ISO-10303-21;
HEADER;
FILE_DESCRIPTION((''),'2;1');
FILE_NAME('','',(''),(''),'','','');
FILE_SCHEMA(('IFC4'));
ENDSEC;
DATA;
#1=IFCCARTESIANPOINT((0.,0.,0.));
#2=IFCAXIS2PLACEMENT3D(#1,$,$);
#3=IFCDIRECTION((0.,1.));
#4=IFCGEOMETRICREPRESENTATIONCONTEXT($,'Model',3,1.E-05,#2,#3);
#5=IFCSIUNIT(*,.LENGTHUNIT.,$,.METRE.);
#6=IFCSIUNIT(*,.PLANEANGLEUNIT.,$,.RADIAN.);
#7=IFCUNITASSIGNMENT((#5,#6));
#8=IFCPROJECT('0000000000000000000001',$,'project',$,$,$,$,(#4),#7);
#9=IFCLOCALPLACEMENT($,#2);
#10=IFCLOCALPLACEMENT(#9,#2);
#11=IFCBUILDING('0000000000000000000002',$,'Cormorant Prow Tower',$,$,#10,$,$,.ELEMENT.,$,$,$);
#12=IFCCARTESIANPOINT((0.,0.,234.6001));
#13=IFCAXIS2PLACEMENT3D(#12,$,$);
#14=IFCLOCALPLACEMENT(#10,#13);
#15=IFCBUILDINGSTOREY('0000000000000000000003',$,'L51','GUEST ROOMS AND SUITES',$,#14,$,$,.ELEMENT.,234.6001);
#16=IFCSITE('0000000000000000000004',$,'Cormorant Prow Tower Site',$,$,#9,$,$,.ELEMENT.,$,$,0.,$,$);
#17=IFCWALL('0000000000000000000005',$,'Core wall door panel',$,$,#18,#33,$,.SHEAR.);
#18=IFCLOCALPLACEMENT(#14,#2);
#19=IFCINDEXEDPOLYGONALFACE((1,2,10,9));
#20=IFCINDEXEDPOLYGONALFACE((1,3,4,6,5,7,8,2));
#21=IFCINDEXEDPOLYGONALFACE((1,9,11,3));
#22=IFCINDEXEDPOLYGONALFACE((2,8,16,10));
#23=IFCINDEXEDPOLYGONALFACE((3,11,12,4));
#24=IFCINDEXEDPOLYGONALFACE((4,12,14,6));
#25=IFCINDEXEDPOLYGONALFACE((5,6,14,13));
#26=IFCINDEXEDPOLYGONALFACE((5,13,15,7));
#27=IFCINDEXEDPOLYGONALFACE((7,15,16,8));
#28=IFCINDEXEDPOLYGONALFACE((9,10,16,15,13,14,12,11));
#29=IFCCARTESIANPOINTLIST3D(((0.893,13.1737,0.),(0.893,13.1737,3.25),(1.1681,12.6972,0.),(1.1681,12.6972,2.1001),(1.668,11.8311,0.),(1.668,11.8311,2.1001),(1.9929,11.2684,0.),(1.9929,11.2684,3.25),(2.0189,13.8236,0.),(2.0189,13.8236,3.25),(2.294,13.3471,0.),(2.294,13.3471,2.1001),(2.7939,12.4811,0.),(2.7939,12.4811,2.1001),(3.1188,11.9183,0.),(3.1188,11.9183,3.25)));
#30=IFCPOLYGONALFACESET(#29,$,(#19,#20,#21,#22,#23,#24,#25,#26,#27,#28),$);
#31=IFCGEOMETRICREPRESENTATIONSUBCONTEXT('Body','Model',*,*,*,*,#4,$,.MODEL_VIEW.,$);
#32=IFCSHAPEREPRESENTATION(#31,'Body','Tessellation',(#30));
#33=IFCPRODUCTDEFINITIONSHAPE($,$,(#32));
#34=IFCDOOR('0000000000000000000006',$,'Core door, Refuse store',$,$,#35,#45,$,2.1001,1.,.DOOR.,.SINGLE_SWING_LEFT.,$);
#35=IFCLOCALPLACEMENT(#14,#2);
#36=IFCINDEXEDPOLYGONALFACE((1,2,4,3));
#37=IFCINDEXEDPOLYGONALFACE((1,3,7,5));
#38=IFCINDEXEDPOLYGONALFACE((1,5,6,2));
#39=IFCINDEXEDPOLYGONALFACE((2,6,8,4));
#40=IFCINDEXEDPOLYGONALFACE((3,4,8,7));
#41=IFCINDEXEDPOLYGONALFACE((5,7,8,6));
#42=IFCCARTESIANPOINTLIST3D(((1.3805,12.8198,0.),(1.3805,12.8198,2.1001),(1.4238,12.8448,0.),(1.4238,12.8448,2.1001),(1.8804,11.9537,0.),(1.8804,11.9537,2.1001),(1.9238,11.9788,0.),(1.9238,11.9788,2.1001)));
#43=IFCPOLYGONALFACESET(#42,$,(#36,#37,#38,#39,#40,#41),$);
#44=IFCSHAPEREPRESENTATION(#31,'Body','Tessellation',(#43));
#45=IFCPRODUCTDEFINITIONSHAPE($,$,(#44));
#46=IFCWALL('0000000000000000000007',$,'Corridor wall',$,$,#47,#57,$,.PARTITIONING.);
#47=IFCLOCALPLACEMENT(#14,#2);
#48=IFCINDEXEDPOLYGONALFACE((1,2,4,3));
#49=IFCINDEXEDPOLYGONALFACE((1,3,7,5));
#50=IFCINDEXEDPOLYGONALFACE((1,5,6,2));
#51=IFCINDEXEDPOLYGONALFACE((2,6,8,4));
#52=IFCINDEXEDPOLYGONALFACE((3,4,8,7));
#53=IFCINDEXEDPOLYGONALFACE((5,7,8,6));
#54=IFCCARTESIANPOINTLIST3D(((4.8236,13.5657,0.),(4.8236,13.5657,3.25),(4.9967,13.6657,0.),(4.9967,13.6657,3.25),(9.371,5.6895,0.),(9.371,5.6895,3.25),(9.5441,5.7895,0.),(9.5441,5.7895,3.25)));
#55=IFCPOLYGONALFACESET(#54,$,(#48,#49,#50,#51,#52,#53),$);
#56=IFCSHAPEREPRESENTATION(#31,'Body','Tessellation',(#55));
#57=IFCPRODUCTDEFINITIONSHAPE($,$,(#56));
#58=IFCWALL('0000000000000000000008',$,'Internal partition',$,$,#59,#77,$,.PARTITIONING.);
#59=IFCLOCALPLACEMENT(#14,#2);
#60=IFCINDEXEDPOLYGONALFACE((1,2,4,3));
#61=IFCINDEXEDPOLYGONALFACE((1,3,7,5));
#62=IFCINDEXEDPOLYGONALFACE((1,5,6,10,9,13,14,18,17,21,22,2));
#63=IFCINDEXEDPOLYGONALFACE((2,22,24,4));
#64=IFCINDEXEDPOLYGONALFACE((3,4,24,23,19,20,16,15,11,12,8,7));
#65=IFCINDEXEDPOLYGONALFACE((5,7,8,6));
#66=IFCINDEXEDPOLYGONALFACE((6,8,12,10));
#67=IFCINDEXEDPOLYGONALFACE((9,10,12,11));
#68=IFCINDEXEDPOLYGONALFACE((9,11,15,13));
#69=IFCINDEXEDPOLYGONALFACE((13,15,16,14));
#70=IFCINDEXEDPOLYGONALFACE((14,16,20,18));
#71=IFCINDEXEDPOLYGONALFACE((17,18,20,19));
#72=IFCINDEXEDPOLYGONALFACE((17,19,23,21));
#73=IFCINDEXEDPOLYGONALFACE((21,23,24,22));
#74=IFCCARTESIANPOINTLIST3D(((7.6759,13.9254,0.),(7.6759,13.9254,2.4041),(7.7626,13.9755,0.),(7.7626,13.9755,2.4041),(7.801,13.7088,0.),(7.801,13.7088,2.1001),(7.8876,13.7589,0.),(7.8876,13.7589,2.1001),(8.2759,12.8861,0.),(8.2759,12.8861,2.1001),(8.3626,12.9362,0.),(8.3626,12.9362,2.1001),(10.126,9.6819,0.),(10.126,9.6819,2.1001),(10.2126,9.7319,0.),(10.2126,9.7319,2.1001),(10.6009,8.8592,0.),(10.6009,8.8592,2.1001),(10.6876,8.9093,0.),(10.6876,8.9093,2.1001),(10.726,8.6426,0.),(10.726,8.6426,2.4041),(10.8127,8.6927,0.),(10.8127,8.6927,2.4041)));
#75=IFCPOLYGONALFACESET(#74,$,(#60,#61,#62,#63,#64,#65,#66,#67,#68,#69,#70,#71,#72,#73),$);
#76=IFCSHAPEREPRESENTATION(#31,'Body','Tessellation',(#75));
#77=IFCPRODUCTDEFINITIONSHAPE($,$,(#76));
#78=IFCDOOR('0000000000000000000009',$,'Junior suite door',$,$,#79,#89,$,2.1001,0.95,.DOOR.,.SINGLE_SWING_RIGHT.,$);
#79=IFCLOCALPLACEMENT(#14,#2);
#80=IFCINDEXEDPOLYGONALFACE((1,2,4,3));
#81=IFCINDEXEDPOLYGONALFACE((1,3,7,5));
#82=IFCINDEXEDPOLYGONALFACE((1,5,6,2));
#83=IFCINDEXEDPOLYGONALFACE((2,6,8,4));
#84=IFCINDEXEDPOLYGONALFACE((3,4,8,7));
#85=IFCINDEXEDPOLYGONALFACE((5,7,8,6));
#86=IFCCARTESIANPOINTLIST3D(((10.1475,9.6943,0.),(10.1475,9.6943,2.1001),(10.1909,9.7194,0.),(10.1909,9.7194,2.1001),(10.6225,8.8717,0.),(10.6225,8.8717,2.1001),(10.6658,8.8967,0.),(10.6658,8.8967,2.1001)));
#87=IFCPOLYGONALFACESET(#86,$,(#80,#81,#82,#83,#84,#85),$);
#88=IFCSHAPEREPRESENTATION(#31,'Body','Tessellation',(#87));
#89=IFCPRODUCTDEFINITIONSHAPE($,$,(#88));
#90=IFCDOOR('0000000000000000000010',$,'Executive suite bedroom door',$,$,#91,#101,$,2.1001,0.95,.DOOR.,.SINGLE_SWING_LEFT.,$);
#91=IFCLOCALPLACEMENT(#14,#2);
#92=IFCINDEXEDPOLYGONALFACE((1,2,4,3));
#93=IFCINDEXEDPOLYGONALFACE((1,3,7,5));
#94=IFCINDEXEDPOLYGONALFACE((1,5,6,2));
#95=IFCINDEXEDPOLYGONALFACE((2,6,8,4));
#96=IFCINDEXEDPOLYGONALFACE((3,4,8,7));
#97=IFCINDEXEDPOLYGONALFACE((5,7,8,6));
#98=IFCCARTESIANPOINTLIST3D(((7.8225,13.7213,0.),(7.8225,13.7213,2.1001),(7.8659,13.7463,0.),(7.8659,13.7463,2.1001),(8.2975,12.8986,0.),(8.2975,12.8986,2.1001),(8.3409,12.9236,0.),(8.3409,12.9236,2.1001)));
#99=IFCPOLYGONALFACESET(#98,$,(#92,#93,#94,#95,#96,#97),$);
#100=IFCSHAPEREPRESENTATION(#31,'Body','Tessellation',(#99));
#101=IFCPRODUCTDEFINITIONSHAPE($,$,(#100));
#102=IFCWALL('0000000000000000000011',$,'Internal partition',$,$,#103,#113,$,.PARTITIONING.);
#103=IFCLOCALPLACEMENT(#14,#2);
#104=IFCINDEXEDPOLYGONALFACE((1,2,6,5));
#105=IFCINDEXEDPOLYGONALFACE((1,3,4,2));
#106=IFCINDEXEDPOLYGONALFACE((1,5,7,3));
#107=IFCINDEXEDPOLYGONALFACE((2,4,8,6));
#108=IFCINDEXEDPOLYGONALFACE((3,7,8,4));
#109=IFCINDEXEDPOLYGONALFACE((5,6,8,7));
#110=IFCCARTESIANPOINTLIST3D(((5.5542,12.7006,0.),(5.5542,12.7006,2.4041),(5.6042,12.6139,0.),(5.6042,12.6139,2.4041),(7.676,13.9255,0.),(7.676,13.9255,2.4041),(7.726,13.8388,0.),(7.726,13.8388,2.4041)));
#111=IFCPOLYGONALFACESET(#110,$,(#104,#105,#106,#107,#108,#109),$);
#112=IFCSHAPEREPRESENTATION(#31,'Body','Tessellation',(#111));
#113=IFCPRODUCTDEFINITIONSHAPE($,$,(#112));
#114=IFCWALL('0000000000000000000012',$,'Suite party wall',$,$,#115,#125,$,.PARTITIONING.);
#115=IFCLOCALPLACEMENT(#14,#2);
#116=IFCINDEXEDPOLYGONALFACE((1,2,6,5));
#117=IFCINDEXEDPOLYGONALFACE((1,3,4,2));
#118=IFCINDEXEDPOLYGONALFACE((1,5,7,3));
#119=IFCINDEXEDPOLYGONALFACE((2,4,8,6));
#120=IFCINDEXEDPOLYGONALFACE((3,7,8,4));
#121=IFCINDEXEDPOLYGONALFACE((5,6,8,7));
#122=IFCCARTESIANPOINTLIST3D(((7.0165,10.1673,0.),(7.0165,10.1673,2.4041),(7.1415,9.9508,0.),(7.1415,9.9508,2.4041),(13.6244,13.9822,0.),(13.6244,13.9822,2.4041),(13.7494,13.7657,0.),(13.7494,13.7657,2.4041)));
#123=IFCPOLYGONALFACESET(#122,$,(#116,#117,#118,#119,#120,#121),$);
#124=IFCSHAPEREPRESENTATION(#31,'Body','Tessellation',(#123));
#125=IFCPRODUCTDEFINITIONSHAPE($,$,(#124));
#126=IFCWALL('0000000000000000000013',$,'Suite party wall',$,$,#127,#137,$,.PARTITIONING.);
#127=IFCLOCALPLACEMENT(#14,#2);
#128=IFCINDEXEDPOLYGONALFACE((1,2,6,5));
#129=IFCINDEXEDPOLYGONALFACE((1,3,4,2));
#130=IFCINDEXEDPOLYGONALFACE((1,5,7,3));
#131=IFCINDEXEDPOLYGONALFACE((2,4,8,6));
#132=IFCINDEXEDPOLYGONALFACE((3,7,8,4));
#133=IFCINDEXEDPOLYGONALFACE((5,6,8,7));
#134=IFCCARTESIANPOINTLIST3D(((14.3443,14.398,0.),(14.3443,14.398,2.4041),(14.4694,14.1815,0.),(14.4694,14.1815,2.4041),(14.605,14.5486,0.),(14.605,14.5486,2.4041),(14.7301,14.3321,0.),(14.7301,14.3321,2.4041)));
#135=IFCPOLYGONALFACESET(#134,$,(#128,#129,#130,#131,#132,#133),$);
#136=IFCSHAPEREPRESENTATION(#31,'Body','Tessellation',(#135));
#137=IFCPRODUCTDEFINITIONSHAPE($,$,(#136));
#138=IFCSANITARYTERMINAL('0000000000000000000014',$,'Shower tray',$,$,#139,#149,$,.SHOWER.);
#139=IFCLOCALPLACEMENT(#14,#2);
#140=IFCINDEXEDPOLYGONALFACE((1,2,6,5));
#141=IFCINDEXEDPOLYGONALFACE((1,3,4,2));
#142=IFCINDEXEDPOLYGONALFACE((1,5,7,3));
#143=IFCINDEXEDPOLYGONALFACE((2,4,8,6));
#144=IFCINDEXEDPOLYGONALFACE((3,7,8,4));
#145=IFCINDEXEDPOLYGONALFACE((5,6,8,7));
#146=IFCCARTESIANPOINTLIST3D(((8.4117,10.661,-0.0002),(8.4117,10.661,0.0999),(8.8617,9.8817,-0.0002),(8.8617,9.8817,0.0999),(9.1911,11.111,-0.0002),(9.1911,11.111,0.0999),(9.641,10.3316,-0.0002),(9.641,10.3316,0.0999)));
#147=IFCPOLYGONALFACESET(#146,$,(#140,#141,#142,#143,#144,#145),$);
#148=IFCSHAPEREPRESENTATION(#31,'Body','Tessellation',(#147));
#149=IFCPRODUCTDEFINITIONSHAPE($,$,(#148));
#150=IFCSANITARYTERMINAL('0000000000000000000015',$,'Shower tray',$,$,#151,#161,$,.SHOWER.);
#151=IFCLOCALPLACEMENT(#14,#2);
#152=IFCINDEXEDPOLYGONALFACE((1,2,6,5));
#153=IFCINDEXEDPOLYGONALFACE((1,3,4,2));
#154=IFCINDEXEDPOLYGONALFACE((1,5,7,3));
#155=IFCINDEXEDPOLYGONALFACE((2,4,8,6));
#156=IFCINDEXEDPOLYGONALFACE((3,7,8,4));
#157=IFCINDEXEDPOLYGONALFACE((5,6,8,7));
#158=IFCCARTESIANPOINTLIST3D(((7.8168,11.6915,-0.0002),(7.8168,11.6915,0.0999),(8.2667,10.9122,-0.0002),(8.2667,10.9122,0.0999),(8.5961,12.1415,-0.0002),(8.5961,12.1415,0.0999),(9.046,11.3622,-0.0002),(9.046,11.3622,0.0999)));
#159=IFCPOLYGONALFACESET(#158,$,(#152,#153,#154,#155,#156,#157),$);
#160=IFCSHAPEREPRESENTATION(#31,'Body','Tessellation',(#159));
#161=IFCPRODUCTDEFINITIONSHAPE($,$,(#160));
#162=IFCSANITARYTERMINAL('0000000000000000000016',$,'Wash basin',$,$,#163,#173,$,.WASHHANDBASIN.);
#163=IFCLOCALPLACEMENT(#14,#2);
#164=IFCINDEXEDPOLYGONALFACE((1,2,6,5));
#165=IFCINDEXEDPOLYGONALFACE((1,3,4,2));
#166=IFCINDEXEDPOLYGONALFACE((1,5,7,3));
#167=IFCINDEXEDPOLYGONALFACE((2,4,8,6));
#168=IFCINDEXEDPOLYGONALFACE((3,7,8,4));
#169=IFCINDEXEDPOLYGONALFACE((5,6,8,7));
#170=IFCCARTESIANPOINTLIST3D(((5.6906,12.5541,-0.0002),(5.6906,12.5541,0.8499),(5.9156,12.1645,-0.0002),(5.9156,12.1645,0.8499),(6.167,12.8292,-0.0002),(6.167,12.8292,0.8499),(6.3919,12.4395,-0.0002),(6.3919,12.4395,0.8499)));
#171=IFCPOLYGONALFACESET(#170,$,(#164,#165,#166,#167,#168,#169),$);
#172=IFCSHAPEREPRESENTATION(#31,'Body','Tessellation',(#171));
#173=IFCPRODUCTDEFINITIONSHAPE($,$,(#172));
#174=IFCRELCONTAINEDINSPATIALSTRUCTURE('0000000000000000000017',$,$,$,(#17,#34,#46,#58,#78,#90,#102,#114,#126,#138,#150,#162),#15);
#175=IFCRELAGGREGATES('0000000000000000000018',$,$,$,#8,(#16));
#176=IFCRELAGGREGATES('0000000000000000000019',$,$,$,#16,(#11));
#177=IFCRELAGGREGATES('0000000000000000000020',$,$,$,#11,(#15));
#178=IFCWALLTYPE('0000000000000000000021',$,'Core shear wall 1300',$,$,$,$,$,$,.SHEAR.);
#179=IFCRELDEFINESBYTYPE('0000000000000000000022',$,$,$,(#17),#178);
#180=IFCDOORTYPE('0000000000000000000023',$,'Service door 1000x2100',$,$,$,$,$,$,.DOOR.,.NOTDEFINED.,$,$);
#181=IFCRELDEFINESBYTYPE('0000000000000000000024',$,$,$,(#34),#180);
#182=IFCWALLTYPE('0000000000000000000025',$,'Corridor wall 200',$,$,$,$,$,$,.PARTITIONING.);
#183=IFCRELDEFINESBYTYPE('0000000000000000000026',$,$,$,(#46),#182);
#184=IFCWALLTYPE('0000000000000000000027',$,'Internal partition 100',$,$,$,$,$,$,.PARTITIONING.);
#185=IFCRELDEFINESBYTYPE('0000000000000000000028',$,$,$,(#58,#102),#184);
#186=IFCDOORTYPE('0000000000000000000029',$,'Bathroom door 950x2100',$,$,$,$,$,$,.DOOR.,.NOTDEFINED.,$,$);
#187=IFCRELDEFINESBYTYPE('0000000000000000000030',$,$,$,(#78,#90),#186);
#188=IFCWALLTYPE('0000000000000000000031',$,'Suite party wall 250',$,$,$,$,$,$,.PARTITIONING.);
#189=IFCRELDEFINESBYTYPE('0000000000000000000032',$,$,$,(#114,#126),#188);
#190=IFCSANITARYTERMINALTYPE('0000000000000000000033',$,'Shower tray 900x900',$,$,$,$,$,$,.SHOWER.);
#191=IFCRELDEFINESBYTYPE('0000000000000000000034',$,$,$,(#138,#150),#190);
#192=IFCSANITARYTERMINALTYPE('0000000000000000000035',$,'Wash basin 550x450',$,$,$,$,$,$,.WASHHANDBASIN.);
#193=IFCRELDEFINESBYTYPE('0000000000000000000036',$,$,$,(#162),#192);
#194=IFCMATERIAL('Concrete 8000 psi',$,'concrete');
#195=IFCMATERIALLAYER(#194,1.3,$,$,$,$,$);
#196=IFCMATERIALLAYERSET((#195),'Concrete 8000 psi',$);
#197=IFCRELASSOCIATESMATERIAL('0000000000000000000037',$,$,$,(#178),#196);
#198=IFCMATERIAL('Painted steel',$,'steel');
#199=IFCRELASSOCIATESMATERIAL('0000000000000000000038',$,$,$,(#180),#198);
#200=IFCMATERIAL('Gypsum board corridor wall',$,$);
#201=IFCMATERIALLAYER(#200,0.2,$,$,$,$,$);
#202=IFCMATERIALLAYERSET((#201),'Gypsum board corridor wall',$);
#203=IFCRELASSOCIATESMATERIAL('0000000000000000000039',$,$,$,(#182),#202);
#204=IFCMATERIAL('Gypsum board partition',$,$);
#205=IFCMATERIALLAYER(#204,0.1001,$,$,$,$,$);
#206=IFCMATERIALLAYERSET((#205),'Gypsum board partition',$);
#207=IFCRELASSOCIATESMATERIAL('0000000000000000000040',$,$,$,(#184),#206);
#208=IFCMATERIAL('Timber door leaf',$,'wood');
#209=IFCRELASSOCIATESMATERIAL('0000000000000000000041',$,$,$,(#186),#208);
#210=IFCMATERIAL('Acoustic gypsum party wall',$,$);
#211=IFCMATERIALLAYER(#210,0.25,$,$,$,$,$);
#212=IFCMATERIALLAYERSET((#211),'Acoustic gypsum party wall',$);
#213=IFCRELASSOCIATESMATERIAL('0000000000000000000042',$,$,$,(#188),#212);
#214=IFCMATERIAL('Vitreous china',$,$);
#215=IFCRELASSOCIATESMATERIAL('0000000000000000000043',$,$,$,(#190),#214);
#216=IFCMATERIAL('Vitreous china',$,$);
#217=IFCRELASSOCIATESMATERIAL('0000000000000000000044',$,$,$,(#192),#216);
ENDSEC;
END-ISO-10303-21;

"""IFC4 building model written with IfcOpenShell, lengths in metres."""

from ifc_helpers import new_model, si_unit, direction, frame, frame_2d, origin, origin_2d, place, context, subcontext, project, spatial, rectangle, extrude, material, layer, layer_set, type_object, element, fill, save


model = new_model("IFC4")

# Units and contexts
model_context = context("Model", 3, precision=1e-05, world=origin(), true_north=direction((0.0, 1.0)))
body_context = subcontext(model_context, "Body", "Model", "MODEL_VIEW")
ifc_project = project(units=[si_unit("LENGTHUNIT", "METRE"), si_unit("PLANEANGLEUNIT", "RADIAN")], contexts=[model_context])

# Site, building, storey
site_placement = place(None, origin())
site = spatial("IfcSite", under=ifc_project, at=site_placement, Name="Cormorant Prow Tower Site", CompositionType="ELEMENT", RefElevation=0.0)
building_placement = place(site_placement, origin())
building = spatial("IfcBuilding", under=site, at=building_placement, Name="Cormorant Prow Tower", CompositionType="ELEMENT")
storey_placement = place(building_placement, frame((0.0, 0.0, 234.6001)))
storey = spatial("IfcBuildingStorey", under=building, at=storey_placement, Name="L51", Description="GUEST ROOMS AND SUITES", CompositionType="ELEMENT", Elevation=234.6001)

# Shared definitions
ifc_material_1 = material(Name="Concrete 8000 psi", Category="concrete")
ifc_layer_1 = layer(ifc_material_1, 1.3)
ifc_layer_set_1 = layer_set([ifc_layer_1], Name="Concrete 8000 psi")
wall_type_1 = type_object("IfcWallType", Name="Core shear wall 1300", PredefinedType="SHEAR", material=ifc_layer_set_1)

# Wall, opening, door
wall_1_placement = place(storey_placement, frame((2.5559, 11.5933, 0.0), z_axis=(0.0, 0.0, 1.0), x_axis=(-0.499947, 0.866056, 0.0)))
wall_1 = element("IfcWall", 1, at=wall_1_placement, inside=storey, type_object=wall_type_1, Name="Core wall door panel", PredefinedType="SHEAR", context=body_context, shape_type="SweptSolid", body=[
    extrude(rectangle(XDim=2.2, YDim=1.3, at=frame_2d((1.1001, 0.0))), origin(), (0.0, 0.0, 1.0), 3.25),
])
opening_1_placement = place(wall_1_placement, frame((0.6499, 0.0, 0.0)))
opening_1 = element("IfcOpeningElement", 2, at=opening_1_placement, cuts=wall_1, PredefinedType="OPENING", context=body_context, shape_type="SweptSolid", body=[
    extrude(rectangle(XDim=1.0, YDim=2.1001, at=frame_2d((0.5, 1.05))), frame((0.0, 0.6599, 0.0), z_axis=(0.0, -1.0, 0.0), x_axis=(1.0, 0.0, 0.0)), (0.0, 0.0, 1.0), 1.3201),
])
ifc_material_2 = material(Name="Painted steel", Category="steel")
door_type_1 = type_object("IfcDoorType", Name="Service door 1000x2100", OperationType="NOTDEFINED", PredefinedType="DOOR", material=ifc_material_2)
door_1_placement = place(opening_1_placement, origin())
door_1 = element("IfcDoor", 3, at=door_1_placement, inside=storey, type_object=door_type_1, Name="Core door, Refuse store", OperationType="SINGLE_SWING_LEFT", OverallHeight=2.1001, OverallWidth=1.0, PredefinedType="DOOR", context=body_context, shape_type="SweptSolid", body=[
    extrude(rectangle(XDim=1.0, YDim=2.1001, at=frame_2d((0.5, 1.05))), frame((0.0, 0.4048, 0.0), z_axis=(0.0, -1.0, 0.0), x_axis=(1.0, 0.0, 0.0)), (0.0, 0.0, 1.0), 0.05),
])
fill(opening_1, door_1)

# Wall
ifc_material_3 = material(Name="Gypsum board corridor wall")
ifc_layer_2 = layer(ifc_material_3, 0.2)
ifc_layer_set_2 = layer_set([ifc_layer_2], Name="Gypsum board corridor wall")
wall_type_2 = type_object("IfcWallType", Name="Corridor wall 200", PredefinedType="PARTITIONING", material=ifc_layer_set_2)
wall_2_placement = place(storey_placement, frame((4.9102, 13.6157, 0.0), z_axis=(0.0, 0.0, 1.0), x_axis=(0.500002, -0.866024, 0.0)))
element("IfcWall", 4, at=wall_2_placement, inside=storey, type_object=wall_type_2, Name="Corridor wall", PredefinedType="PARTITIONING", context=body_context, shape_type="SweptSolid", body=[
    extrude(rectangle(XDim=9.0947, YDim=0.2, at=frame_2d((4.5474, 0.0))), origin(), (0.0, 0.0, 1.0), 3.25),
])

# Wall, openings, doors
ifc_material_4 = material(Name="Gypsum board partition")
ifc_layer_3 = layer(ifc_material_4, 0.1001)
ifc_layer_set_3 = layer_set([ifc_layer_3], Name="Gypsum board partition")
wall_type_3 = type_object("IfcWallType", Name="Internal partition 100", PredefinedType="PARTITIONING", material=ifc_layer_set_3)
wall_3_placement = place(storey_placement, frame((7.7192, 13.9504, 0.0), z_axis=(0.0, 0.0, 1.0), x_axis=(0.500009, -0.86602, 0.0)))
wall_3 = element("IfcWall", 5, at=wall_3_placement, inside=storey, type_object=wall_type_3, Name="Internal partition", PredefinedType="PARTITIONING", context=body_context, shape_type="SweptSolid", body=[
    extrude(rectangle(XDim=6.1001, YDim=0.1001, at=frame_2d((3.05, 0.0))), origin(), (0.0, 0.0, 1.0), 2.4041),
])
opening_2_placement = place(wall_3_placement, frame((4.8999, 0.0, 0.0)))
opening_2 = element("IfcOpeningElement", 6, at=opening_2_placement, cuts=wall_3, PredefinedType="OPENING", context=body_context, shape_type="SweptSolid", body=[
    extrude(rectangle(XDim=0.95, YDim=2.1001, at=frame_2d((0.4751, 1.05))), frame((0.0, 0.0601, 0.0), z_axis=(0.0, -1.0, 0.0), x_axis=(1.0, 0.0, 0.0)), (0.0, 0.0, 1.0), 0.1201),
])
opening_3_placement = place(wall_3_placement, frame((0.25, 0.0, 0.0)))
opening_3 = element("IfcOpeningElement", 7, at=opening_3_placement, cuts=wall_3, PredefinedType="OPENING", context=body_context, shape_type="SweptSolid", body=[
    extrude(rectangle(XDim=0.95, YDim=2.1001, at=frame_2d((0.4751, 1.05))), frame((0.0, 0.0601, 0.0), z_axis=(0.0, -1.0, 0.0), x_axis=(1.0, 0.0, 0.0)), (0.0, 0.0, 1.0), 0.1201),
])
ifc_material_5 = material(Name="Timber door leaf", Category="wood")
door_type_2 = type_object("IfcDoorType", Name="Bathroom door 950x2100", OperationType="NOTDEFINED", PredefinedType="DOOR", material=ifc_material_5)
door_2_placement = place(opening_2_placement, origin())
door_2 = element("IfcDoor", 8, at=door_2_placement, inside=storey, type_object=door_type_2, Name="Junior suite door", OperationType="SINGLE_SWING_RIGHT", OverallHeight=2.1001, OverallWidth=0.95, PredefinedType="DOOR", context=body_context, shape_type="SweptSolid", body=[
    extrude(rectangle(XDim=0.95, YDim=2.1001, at=frame_2d((0.4751, 1.05))), frame((0.0, 0.0249, 0.0), z_axis=(0.0, -1.0, 0.0), x_axis=(1.0, 0.0, 0.0)), (0.0, 0.0, 1.0), 0.05),
])
fill(opening_2, door_2)
door_3_placement = place(opening_3_placement, origin())
door_3 = element("IfcDoor", 9, at=door_3_placement, inside=storey, type_object=door_type_2, Name="Executive suite bedroom door", OperationType="SINGLE_SWING_LEFT", OverallHeight=2.1001, OverallWidth=0.95, PredefinedType="DOOR", context=body_context, shape_type="SweptSolid", body=[
    extrude(rectangle(XDim=0.95, YDim=2.1001, at=frame_2d((0.4751, 1.05))), frame((0.0, 0.0249, 0.0), z_axis=(0.0, -1.0, 0.0), x_axis=(1.0, 0.0, 0.0)), (0.0, 0.0, 1.0), 0.05),
])
fill(opening_3, door_3)

# Walls
wall_4_placement = place(storey_placement, frame((5.5791, 12.6572, 0.0), z_axis=(0.0, 0.0, 1.0), x_axis=(0.866058, 0.499944, 0.0)))
element("IfcWall", 10, at=wall_4_placement, inside=storey, type_object=wall_type_3, Name="Internal partition", PredefinedType="PARTITIONING", context=body_context, shape_type="SweptSolid", body=[
    extrude(rectangle(XDim=2.45, YDim=0.1001, at=frame_2d((1.2251, 0.0))), origin(), (0.0, 0.0, 1.0), 2.4041),
])
ifc_material_6 = material(Name="Acoustic gypsum party wall")
ifc_layer_4 = layer(ifc_material_6, 0.25)
ifc_layer_set_4 = layer_set([ifc_layer_4], Name="Acoustic gypsum party wall")
wall_type_4 = type_object("IfcWallType", Name="Suite party wall 250", PredefinedType="PARTITIONING", material=ifc_layer_set_4)
wall_5_placement = place(storey_placement, frame((7.0791, 10.0591, 0.0), z_axis=(0.0, 0.0, 1.0), x_axis=(0.866033, 0.499987, 0.0)))
element("IfcWall", 11, at=wall_5_placement, inside=storey, type_object=wall_type_4, Name="Suite party wall", PredefinedType="PARTITIONING", context=body_context, shape_type="SweptSolid", body=[
    extrude(rectangle(XDim=7.6301, YDim=0.25, at=frame_2d((3.8149, 0.0))), origin(), (0.0, 0.0, 1.0), 2.4041),
])
wall_6_placement = place(storey_placement, frame((14.407, 14.2898, 0.0), z_axis=(0.0, 0.0, 1.0), x_axis=(0.865888, 0.500237, 0.0)))
element("IfcWall", 12, at=wall_6_placement, inside=storey, type_object=wall_type_4, Name="Suite party wall", PredefinedType="PARTITIONING", context=body_context, shape_type="SweptSolid", body=[
    extrude(rectangle(XDim=0.301, YDim=0.25, at=frame_2d((0.1504, 0.0))), origin(), (0.0, 0.0, 1.0), 2.4041),
])

# Sanitary terminals
ifc_material_7 = material(Name="Vitreous china")
sanitary_terminal_type_1 = type_object("IfcSanitaryTerminalType", Name="Shower tray 900x900", PredefinedType="SHOWER", material=ifc_material_7)
for number, where, z_axis, x_axis, name in (
    (13, (9.0264, 10.4963, -0.0002), (0.0, 0.0, 1.0), (0.5, -0.866025, 0.0), "Shower tray"),
    (14, (8.4314, 11.5269, -0.0002), (0.0, 0.0, 1.0), (-0.866025, -0.5, 0.0), "Shower tray"),
):
    element("IfcSanitaryTerminal", number, at=place(storey_placement, frame(where, z_axis=z_axis, x_axis=x_axis)), inside=storey, type_object=sanitary_terminal_type_1, Name=name, PredefinedType="SHOWER", context=body_context, shape_type="SweptSolid", body=[
        extrude(rectangle(XDim=0.8999, YDim=0.8999, at=origin_2d()), origin(), (0.0, 0.0, 1.0), 0.1001),
    ])
ifc_material_8 = material(Name="Vitreous china")
sanitary_terminal_type_2 = type_object("IfcSanitaryTerminalType", Name="Wash basin 550x450", PredefinedType="WASHHANDBASIN", material=ifc_material_8)
sanitary_terminal_placement = place(storey_placement, frame((6.0413, 12.4968, -0.0002), z_axis=(0.0, 0.0, 1.0), x_axis=(0.866025, 0.5, 0.0)))
element("IfcSanitaryTerminal", 15, at=sanitary_terminal_placement, inside=storey, type_object=sanitary_terminal_type_2, Name="Wash basin", PredefinedType="WASHHANDBASIN", context=body_context, shape_type="SweptSolid", body=[
    extrude(rectangle(XDim=0.55, YDim=0.45, at=origin_2d()), origin(), (0.0, 0.0, 1.0), 0.8501),
])

save(model, "model.ifc")
